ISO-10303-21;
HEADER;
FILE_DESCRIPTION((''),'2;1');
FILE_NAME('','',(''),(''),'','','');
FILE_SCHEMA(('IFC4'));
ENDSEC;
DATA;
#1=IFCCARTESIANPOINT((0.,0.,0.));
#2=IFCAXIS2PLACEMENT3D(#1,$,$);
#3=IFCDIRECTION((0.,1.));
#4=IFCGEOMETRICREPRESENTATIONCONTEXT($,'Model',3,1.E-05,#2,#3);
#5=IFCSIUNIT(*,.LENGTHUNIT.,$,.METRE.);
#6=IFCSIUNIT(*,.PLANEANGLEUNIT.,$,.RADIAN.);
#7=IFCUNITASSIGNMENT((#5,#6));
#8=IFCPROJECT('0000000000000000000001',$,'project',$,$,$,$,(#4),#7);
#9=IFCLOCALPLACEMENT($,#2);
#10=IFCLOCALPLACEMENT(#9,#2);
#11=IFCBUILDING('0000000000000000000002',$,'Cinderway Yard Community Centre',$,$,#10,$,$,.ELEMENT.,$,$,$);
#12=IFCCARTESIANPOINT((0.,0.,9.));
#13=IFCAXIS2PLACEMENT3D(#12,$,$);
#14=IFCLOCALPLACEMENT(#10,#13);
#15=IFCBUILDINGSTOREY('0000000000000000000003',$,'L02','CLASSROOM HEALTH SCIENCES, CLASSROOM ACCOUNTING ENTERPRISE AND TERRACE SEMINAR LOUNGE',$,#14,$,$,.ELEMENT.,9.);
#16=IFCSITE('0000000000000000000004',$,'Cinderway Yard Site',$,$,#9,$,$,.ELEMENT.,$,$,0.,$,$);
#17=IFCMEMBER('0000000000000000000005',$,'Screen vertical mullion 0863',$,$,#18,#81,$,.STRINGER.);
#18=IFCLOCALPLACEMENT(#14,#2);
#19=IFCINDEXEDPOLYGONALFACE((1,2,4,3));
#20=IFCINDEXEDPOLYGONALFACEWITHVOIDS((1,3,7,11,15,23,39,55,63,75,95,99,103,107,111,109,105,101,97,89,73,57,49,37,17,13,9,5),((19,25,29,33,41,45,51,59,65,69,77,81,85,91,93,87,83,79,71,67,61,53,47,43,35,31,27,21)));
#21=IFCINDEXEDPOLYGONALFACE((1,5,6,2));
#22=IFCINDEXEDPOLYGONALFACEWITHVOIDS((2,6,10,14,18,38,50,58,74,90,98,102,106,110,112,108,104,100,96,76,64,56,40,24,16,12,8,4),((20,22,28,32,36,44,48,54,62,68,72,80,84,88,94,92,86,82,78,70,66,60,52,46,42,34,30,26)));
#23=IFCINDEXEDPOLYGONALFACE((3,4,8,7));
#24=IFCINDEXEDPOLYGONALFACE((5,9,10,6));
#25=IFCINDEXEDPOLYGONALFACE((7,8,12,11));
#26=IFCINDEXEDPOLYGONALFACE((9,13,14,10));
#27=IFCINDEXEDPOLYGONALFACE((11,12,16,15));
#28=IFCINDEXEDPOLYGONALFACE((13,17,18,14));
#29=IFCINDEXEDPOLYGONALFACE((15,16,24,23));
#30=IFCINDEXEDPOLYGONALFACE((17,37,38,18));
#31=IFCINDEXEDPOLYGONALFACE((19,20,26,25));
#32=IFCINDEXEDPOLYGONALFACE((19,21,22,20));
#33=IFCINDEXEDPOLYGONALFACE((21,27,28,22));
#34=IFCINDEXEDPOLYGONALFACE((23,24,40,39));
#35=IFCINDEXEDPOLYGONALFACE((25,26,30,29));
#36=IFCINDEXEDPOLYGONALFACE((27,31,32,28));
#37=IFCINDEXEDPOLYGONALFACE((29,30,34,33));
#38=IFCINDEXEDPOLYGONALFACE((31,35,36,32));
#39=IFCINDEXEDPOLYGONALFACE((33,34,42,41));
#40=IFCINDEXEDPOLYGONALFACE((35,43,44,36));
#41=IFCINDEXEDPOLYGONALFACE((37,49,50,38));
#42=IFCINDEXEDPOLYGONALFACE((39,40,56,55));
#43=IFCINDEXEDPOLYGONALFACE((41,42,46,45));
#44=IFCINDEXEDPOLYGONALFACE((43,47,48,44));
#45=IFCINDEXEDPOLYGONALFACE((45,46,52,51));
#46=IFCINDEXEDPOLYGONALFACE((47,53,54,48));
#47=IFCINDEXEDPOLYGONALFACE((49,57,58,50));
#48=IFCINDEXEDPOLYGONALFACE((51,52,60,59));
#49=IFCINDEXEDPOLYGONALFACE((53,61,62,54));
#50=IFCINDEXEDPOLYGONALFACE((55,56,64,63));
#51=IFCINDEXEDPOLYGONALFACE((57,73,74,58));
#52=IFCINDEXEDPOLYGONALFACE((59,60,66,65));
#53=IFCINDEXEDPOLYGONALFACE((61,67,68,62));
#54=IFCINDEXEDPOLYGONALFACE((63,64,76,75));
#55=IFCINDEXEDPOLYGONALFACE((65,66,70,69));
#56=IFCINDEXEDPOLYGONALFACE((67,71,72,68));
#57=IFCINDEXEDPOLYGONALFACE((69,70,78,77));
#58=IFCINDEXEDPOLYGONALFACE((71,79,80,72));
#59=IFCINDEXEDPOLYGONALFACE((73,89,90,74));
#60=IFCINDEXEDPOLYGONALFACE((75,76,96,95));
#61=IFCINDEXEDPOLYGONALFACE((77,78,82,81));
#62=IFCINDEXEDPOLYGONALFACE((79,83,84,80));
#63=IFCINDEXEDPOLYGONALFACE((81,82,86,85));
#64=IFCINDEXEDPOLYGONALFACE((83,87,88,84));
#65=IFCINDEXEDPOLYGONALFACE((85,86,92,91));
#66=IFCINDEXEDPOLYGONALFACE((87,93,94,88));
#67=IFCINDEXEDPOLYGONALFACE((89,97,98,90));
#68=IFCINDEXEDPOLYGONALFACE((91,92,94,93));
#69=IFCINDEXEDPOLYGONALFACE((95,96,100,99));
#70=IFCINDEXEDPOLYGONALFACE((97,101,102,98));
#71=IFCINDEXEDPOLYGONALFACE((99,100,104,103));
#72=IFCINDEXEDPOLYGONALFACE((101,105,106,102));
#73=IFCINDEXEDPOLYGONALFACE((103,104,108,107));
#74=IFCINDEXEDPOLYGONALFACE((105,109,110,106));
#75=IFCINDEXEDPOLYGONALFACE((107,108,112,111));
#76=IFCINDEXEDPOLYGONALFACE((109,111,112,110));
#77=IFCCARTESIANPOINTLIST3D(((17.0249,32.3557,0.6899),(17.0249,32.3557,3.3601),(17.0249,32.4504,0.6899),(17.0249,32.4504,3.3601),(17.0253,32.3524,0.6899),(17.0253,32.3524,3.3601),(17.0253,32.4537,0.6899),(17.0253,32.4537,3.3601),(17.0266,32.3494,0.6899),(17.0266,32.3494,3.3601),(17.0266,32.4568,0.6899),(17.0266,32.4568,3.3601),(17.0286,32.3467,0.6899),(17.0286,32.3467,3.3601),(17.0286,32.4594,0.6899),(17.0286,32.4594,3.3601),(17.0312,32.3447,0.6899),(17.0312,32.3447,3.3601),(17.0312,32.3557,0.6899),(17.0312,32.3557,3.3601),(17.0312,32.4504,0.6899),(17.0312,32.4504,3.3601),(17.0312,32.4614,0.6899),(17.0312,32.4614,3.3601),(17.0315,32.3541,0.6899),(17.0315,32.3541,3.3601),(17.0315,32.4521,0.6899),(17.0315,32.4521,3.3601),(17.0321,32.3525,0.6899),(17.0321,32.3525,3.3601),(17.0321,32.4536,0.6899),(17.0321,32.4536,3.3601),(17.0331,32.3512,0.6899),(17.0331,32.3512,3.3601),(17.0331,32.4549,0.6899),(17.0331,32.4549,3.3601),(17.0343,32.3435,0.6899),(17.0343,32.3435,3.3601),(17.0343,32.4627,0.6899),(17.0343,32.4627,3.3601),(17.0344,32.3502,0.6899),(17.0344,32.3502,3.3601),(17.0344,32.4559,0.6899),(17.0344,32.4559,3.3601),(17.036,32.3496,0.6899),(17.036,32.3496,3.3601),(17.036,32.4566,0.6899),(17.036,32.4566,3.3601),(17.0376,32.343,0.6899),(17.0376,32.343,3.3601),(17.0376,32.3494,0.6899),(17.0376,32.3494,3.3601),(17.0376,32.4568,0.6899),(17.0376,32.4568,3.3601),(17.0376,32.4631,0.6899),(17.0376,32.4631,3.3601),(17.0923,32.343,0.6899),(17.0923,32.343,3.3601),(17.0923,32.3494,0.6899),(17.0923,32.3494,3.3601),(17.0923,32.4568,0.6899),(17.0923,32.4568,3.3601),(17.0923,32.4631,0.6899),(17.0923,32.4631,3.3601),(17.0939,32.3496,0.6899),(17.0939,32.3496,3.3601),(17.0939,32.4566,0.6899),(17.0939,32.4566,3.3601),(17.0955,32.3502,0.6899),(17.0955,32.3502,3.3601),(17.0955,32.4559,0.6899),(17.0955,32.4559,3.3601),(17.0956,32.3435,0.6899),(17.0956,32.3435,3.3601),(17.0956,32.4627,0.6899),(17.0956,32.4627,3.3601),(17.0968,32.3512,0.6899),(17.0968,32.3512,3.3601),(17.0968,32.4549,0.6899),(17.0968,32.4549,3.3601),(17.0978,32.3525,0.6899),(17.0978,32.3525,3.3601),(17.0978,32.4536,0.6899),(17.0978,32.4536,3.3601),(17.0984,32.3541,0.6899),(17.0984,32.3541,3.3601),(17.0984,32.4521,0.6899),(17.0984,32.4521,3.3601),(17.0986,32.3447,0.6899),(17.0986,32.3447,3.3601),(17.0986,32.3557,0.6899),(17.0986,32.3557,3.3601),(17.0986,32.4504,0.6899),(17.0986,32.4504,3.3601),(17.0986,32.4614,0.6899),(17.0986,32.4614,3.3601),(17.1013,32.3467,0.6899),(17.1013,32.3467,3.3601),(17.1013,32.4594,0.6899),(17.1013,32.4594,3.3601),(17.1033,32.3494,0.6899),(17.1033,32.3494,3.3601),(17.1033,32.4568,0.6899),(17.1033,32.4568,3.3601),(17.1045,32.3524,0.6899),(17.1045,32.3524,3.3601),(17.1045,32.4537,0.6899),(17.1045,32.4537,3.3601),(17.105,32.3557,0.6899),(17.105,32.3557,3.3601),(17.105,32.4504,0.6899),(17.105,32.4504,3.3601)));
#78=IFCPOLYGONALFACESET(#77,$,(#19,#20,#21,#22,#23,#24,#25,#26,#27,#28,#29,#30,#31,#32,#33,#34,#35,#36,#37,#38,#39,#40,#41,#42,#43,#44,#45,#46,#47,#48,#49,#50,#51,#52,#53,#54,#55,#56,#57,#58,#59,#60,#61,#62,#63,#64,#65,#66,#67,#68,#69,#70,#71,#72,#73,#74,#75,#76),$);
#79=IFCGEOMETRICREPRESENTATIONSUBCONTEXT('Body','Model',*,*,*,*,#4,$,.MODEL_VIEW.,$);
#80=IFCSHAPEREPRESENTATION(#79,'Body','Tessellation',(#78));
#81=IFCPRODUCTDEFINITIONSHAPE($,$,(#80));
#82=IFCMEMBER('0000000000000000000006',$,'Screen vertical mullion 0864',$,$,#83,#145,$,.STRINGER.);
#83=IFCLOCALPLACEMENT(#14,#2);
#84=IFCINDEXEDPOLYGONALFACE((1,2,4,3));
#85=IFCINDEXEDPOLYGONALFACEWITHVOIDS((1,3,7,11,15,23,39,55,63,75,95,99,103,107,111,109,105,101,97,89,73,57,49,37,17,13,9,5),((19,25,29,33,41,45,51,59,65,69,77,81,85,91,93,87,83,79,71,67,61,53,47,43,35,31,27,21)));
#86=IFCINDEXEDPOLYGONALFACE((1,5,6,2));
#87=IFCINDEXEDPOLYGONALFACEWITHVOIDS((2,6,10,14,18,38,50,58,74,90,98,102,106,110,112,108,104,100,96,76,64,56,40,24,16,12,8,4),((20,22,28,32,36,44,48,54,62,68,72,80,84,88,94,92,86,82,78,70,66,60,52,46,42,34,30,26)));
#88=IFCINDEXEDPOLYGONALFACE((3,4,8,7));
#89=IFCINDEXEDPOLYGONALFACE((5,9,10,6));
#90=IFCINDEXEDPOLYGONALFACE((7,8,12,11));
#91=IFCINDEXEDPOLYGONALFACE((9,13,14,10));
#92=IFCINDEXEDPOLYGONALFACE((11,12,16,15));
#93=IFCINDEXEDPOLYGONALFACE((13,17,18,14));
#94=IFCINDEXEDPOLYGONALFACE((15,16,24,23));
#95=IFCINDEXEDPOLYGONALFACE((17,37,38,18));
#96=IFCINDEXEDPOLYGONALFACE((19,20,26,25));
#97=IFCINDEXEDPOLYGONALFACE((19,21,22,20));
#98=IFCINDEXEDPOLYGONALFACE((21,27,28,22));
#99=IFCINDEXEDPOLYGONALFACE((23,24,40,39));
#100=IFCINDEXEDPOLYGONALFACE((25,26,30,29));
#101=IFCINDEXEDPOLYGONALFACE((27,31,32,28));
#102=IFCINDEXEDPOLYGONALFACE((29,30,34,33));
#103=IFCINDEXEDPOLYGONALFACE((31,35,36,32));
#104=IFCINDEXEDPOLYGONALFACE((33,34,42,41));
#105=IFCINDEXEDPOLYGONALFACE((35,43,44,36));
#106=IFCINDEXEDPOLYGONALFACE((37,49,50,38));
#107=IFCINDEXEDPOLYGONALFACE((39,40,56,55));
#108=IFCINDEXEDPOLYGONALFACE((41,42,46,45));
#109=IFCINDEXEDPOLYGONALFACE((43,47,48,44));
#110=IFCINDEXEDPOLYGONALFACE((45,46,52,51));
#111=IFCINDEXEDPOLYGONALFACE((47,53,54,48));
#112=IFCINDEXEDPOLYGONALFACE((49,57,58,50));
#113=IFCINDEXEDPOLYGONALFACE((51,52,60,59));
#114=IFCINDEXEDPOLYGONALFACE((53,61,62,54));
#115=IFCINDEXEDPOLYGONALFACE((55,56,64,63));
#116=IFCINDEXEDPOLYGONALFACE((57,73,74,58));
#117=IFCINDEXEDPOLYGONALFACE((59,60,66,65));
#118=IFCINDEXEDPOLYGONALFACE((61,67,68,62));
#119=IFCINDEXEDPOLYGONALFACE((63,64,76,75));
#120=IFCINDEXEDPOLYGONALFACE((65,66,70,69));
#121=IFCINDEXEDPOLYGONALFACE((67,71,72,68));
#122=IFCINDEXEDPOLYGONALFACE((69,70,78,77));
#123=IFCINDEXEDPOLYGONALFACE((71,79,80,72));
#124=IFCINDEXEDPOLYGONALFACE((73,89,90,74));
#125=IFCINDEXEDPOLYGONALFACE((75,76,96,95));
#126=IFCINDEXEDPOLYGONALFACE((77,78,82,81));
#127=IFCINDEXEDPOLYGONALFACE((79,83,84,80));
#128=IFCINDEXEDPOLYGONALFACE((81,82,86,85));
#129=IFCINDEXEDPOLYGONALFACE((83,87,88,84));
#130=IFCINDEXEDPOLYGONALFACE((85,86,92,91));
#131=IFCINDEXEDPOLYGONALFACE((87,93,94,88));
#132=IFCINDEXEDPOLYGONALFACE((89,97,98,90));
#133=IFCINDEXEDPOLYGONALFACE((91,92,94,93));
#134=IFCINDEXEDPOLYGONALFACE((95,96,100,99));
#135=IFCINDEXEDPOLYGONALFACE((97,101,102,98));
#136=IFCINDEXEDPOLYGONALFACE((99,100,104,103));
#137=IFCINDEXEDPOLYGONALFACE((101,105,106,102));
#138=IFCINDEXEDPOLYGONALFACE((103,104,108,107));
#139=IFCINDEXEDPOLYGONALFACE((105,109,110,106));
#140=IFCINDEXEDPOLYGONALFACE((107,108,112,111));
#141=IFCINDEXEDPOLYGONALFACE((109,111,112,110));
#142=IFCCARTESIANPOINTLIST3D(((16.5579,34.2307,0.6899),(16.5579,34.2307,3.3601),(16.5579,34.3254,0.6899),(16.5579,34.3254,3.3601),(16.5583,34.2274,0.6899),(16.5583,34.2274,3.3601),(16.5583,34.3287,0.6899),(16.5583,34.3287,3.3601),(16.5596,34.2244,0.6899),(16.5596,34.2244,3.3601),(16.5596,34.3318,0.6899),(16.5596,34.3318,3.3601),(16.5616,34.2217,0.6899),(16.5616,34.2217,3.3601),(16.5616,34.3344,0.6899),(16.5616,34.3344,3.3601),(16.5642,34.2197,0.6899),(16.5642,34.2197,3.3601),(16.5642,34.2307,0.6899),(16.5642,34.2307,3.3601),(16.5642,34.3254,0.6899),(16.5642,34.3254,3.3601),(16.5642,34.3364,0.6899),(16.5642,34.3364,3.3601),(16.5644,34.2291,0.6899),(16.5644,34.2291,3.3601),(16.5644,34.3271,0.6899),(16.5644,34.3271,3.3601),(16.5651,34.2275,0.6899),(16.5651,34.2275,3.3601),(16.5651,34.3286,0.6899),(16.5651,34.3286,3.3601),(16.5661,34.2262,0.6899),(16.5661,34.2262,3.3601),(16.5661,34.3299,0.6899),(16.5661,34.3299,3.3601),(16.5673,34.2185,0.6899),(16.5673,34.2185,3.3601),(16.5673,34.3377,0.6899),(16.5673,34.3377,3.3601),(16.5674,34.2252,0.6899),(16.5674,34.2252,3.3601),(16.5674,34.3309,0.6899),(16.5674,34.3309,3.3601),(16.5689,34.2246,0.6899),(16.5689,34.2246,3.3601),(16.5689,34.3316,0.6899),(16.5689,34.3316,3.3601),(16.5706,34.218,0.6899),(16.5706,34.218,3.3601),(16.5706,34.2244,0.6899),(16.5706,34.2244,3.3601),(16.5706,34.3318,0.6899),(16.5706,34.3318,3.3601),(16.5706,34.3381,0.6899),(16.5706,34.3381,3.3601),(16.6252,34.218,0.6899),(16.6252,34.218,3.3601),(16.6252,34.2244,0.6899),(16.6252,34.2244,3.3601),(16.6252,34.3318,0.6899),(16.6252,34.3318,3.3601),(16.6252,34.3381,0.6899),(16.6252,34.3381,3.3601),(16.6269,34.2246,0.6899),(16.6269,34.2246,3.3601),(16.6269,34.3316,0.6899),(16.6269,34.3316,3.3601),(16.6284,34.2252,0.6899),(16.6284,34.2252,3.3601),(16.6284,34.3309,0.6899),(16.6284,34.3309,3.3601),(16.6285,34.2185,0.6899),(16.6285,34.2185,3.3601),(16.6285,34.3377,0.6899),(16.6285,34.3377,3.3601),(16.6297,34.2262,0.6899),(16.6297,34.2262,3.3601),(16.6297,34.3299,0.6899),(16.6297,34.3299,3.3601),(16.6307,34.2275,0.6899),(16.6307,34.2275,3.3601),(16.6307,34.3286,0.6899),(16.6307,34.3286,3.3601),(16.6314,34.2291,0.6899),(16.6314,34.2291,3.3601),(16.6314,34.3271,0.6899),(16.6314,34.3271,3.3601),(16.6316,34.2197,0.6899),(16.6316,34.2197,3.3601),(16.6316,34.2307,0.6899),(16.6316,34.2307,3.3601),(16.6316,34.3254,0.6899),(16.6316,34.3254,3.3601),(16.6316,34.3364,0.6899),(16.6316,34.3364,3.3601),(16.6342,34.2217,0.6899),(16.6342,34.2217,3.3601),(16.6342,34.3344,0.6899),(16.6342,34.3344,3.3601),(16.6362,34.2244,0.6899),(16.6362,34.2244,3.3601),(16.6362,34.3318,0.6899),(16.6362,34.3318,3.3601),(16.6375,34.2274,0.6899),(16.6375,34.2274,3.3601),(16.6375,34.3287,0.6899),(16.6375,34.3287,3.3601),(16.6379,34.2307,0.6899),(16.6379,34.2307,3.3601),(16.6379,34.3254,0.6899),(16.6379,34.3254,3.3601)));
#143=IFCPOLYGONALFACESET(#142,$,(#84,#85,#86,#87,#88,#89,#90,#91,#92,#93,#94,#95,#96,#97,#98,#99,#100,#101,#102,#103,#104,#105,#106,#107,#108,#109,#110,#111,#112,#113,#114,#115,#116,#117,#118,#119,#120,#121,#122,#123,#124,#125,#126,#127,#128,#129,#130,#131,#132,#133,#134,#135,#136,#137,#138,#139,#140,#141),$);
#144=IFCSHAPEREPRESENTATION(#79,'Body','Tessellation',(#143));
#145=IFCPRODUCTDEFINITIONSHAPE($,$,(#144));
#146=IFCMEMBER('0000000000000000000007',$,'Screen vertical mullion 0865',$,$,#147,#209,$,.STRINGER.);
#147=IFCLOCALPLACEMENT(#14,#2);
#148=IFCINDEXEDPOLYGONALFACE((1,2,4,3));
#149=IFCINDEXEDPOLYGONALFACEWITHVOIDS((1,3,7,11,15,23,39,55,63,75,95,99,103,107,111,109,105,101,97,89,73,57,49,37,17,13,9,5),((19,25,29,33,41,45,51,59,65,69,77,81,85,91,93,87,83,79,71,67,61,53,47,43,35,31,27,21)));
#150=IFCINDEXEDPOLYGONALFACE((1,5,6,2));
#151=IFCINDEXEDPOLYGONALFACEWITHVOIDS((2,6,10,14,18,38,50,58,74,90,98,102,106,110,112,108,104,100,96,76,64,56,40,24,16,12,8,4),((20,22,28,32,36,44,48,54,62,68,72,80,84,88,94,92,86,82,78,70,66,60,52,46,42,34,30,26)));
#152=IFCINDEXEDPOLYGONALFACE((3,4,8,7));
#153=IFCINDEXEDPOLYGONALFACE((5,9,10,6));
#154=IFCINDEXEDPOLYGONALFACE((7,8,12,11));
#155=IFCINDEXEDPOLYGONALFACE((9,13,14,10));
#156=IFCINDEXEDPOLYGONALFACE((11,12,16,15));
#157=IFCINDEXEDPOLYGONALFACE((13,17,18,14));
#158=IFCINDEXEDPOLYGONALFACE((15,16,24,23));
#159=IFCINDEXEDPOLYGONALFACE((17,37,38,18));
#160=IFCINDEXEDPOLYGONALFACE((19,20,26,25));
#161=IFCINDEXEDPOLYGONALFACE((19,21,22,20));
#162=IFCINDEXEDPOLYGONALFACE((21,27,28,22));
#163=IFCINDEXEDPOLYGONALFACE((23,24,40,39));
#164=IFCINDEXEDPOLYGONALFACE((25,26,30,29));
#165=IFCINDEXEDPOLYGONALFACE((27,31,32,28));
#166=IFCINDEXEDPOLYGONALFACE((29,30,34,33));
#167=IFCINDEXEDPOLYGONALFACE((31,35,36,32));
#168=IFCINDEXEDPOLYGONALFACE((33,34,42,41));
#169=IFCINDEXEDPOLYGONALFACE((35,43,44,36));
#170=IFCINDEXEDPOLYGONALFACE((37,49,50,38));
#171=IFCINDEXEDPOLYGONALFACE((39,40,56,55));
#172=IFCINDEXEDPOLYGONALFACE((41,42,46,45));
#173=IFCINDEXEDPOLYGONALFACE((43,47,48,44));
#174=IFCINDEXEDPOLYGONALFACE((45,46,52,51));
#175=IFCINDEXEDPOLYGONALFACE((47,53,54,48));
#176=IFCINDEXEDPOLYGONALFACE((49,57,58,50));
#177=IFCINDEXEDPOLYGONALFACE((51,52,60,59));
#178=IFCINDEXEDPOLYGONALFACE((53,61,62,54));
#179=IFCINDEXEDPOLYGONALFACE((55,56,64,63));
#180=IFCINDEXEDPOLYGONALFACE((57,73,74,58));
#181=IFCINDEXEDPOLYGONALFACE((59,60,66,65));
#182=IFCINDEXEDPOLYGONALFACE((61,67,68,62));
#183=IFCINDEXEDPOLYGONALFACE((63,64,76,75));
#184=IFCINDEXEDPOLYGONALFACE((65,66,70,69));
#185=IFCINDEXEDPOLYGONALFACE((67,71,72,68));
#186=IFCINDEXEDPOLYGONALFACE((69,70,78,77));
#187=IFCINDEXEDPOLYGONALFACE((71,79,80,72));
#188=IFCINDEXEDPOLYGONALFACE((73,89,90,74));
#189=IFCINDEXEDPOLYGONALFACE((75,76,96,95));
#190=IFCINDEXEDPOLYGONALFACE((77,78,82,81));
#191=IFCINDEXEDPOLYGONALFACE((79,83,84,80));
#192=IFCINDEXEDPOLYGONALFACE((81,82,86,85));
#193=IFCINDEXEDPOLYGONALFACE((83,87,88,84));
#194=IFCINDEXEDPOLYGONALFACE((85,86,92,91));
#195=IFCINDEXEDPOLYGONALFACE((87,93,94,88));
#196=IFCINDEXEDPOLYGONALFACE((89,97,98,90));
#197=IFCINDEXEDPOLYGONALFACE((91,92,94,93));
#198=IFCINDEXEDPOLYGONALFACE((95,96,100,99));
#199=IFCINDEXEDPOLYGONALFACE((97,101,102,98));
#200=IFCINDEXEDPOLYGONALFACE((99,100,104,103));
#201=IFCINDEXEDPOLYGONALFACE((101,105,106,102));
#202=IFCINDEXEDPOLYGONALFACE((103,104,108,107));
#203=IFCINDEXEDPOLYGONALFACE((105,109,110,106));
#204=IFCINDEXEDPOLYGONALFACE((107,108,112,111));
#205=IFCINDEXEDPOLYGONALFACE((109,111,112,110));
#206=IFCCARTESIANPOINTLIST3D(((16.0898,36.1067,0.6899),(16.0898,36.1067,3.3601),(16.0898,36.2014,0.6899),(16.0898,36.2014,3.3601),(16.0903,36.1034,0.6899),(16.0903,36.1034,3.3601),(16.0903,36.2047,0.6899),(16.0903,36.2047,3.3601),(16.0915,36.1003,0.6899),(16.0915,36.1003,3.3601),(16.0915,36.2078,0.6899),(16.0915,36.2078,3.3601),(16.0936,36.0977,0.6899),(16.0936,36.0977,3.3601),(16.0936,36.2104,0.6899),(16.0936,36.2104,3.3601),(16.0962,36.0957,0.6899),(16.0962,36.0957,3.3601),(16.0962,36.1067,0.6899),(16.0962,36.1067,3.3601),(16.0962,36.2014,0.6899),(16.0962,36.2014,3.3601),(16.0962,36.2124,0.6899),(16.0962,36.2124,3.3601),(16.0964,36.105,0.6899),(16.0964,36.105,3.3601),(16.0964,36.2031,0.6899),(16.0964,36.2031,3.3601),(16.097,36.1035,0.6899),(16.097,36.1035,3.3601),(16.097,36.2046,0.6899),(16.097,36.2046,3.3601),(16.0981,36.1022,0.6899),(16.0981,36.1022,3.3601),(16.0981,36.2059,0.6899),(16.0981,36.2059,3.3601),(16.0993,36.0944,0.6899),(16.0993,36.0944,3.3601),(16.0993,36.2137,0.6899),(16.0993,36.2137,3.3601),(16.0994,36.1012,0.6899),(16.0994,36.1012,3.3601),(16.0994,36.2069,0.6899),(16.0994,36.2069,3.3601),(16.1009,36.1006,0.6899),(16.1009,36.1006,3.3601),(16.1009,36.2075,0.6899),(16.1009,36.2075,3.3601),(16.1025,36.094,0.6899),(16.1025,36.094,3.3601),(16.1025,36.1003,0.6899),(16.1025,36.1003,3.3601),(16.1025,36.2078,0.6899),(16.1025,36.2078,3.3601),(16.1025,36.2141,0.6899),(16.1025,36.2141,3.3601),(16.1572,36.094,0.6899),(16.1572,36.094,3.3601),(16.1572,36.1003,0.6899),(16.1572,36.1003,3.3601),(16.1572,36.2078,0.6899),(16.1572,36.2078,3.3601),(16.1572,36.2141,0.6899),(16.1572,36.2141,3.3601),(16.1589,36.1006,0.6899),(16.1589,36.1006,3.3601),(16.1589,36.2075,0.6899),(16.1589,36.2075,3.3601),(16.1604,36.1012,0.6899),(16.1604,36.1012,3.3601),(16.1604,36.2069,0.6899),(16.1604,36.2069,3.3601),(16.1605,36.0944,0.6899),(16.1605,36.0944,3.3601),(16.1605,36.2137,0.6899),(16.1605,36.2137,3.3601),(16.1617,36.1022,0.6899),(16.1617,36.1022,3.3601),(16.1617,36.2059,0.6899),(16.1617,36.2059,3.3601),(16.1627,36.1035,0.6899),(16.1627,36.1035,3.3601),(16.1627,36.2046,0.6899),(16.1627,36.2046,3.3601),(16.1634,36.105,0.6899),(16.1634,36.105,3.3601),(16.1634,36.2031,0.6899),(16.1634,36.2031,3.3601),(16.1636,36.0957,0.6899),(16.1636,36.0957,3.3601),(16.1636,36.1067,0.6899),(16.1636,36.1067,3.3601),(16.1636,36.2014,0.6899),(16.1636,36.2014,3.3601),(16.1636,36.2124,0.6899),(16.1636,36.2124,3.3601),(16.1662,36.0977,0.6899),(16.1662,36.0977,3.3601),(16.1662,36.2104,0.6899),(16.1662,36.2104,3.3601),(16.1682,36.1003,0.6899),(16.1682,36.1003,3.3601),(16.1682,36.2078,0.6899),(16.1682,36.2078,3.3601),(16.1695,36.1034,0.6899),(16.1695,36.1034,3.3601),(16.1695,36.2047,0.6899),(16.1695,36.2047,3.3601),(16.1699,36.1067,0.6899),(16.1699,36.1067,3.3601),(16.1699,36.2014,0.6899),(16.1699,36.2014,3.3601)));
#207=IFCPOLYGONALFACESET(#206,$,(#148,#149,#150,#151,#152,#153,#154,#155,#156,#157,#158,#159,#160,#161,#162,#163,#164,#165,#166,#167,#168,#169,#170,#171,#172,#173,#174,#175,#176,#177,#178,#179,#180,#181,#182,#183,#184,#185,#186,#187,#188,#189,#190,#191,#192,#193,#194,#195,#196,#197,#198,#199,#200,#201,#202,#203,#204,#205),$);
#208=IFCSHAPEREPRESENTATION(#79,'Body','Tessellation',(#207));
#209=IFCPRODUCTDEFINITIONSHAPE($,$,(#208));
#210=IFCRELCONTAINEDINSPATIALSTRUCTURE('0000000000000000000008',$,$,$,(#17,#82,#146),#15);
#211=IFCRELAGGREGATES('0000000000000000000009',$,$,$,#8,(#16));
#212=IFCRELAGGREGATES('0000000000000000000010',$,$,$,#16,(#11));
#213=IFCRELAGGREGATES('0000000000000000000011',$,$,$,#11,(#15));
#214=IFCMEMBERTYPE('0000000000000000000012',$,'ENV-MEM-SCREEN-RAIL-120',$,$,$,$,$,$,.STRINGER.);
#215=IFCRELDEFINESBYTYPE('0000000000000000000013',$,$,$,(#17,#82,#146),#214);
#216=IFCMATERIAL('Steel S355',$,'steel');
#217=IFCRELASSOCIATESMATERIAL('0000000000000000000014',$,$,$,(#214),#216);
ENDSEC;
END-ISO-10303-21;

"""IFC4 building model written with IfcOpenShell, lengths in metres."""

from ifc_helpers import new_model, si_unit, direction, frame, origin, origin_2d, place, context, subcontext, project, spatial, hollow_rectangle, extrude, material, material_profile, profile_set, type_object, element, save


model = new_model("IFC4")

# Units and contexts
model_context = context("Model", 3, precision=1e-05, world=origin(), true_north=direction((0.0, 1.0)))
body_context = subcontext(model_context, "Body", "Model", "MODEL_VIEW")
ifc_project = project(units=[si_unit("LENGTHUNIT", "METRE"), si_unit("PLANEANGLEUNIT", "RADIAN")], contexts=[model_context])

# Site, building, storey
site_placement = place(None, origin())
site = spatial("IfcSite", under=ifc_project, at=site_placement, Name="Cinderway Yard Site", CompositionType="ELEMENT", RefElevation=0.0)
building_placement = place(site_placement, origin())
building = spatial("IfcBuilding", under=site, at=building_placement, Name="Cinderway Yard Community Centre", CompositionType="ELEMENT")
storey_placement = place(building_placement, frame((0.0, 0.0, 9.0)))
storey = spatial("IfcBuildingStorey", under=building, at=storey_placement, Name="L02", Description="CLASSROOM HEALTH SCIENCES, CLASSROOM ACCOUNTING ENTERPRISE AND TERRACE SEMINAR LOUNGE", CompositionType="ELEMENT", Elevation=9.0)

# Members
ifc_material_1 = material(Name="Steel S355", Category="steel")
ifc_material_profile_1 = material_profile(ifc_material_1, hollow_rectangle(XDim=0.0801, YDim=0.1201, WallThickness=0.0063, InnerFilletRadius=0.0063, OuterFilletRadius=0.0127, at=origin_2d()), Name="Steel S355")
ifc_profile_set_1 = profile_set([ifc_material_profile_1], Name="Steel S355")
member_type_1 = type_object("IfcMemberType", Name="ENV-MEM-SCREEN-RAIL-120", PredefinedType="STRINGER", material=ifc_profile_set_1)
for number, where, z_axis, x_axis, name in (
    (1, (17.0649, 32.4031, 0.6899), (0.0, 0.0, 1.0), (1.0, 0.0, 0.0), "Screen vertical mullion 0863"),
    (2, (16.5979, 34.2781, 0.6899), (0.0, 0.0, 1.0), (1.0, 0.0, 0.0), "Screen vertical mullion 0864"),
    (3, (16.1299, 36.1541, 0.6899), (0.0, 0.0, 1.0), (1.0, 0.0, 0.0), "Screen vertical mullion 0865"),
):
    element("IfcMember", number, at=place(storey_placement, frame(where, z_axis=z_axis, x_axis=x_axis)), inside=storey, type_object=member_type_1, Name=name, PredefinedType="STRINGER", context=body_context, shape_type="SweptSolid", body=[
        extrude(hollow_rectangle(XDim=0.0801, YDim=0.1201, WallThickness=0.0063, InnerFilletRadius=0.0063, OuterFilletRadius=0.0127, at=origin_2d()), origin(), (0.0, 0.0, 1.0), 2.6702),
    ])

save(model, "model.ifc")
